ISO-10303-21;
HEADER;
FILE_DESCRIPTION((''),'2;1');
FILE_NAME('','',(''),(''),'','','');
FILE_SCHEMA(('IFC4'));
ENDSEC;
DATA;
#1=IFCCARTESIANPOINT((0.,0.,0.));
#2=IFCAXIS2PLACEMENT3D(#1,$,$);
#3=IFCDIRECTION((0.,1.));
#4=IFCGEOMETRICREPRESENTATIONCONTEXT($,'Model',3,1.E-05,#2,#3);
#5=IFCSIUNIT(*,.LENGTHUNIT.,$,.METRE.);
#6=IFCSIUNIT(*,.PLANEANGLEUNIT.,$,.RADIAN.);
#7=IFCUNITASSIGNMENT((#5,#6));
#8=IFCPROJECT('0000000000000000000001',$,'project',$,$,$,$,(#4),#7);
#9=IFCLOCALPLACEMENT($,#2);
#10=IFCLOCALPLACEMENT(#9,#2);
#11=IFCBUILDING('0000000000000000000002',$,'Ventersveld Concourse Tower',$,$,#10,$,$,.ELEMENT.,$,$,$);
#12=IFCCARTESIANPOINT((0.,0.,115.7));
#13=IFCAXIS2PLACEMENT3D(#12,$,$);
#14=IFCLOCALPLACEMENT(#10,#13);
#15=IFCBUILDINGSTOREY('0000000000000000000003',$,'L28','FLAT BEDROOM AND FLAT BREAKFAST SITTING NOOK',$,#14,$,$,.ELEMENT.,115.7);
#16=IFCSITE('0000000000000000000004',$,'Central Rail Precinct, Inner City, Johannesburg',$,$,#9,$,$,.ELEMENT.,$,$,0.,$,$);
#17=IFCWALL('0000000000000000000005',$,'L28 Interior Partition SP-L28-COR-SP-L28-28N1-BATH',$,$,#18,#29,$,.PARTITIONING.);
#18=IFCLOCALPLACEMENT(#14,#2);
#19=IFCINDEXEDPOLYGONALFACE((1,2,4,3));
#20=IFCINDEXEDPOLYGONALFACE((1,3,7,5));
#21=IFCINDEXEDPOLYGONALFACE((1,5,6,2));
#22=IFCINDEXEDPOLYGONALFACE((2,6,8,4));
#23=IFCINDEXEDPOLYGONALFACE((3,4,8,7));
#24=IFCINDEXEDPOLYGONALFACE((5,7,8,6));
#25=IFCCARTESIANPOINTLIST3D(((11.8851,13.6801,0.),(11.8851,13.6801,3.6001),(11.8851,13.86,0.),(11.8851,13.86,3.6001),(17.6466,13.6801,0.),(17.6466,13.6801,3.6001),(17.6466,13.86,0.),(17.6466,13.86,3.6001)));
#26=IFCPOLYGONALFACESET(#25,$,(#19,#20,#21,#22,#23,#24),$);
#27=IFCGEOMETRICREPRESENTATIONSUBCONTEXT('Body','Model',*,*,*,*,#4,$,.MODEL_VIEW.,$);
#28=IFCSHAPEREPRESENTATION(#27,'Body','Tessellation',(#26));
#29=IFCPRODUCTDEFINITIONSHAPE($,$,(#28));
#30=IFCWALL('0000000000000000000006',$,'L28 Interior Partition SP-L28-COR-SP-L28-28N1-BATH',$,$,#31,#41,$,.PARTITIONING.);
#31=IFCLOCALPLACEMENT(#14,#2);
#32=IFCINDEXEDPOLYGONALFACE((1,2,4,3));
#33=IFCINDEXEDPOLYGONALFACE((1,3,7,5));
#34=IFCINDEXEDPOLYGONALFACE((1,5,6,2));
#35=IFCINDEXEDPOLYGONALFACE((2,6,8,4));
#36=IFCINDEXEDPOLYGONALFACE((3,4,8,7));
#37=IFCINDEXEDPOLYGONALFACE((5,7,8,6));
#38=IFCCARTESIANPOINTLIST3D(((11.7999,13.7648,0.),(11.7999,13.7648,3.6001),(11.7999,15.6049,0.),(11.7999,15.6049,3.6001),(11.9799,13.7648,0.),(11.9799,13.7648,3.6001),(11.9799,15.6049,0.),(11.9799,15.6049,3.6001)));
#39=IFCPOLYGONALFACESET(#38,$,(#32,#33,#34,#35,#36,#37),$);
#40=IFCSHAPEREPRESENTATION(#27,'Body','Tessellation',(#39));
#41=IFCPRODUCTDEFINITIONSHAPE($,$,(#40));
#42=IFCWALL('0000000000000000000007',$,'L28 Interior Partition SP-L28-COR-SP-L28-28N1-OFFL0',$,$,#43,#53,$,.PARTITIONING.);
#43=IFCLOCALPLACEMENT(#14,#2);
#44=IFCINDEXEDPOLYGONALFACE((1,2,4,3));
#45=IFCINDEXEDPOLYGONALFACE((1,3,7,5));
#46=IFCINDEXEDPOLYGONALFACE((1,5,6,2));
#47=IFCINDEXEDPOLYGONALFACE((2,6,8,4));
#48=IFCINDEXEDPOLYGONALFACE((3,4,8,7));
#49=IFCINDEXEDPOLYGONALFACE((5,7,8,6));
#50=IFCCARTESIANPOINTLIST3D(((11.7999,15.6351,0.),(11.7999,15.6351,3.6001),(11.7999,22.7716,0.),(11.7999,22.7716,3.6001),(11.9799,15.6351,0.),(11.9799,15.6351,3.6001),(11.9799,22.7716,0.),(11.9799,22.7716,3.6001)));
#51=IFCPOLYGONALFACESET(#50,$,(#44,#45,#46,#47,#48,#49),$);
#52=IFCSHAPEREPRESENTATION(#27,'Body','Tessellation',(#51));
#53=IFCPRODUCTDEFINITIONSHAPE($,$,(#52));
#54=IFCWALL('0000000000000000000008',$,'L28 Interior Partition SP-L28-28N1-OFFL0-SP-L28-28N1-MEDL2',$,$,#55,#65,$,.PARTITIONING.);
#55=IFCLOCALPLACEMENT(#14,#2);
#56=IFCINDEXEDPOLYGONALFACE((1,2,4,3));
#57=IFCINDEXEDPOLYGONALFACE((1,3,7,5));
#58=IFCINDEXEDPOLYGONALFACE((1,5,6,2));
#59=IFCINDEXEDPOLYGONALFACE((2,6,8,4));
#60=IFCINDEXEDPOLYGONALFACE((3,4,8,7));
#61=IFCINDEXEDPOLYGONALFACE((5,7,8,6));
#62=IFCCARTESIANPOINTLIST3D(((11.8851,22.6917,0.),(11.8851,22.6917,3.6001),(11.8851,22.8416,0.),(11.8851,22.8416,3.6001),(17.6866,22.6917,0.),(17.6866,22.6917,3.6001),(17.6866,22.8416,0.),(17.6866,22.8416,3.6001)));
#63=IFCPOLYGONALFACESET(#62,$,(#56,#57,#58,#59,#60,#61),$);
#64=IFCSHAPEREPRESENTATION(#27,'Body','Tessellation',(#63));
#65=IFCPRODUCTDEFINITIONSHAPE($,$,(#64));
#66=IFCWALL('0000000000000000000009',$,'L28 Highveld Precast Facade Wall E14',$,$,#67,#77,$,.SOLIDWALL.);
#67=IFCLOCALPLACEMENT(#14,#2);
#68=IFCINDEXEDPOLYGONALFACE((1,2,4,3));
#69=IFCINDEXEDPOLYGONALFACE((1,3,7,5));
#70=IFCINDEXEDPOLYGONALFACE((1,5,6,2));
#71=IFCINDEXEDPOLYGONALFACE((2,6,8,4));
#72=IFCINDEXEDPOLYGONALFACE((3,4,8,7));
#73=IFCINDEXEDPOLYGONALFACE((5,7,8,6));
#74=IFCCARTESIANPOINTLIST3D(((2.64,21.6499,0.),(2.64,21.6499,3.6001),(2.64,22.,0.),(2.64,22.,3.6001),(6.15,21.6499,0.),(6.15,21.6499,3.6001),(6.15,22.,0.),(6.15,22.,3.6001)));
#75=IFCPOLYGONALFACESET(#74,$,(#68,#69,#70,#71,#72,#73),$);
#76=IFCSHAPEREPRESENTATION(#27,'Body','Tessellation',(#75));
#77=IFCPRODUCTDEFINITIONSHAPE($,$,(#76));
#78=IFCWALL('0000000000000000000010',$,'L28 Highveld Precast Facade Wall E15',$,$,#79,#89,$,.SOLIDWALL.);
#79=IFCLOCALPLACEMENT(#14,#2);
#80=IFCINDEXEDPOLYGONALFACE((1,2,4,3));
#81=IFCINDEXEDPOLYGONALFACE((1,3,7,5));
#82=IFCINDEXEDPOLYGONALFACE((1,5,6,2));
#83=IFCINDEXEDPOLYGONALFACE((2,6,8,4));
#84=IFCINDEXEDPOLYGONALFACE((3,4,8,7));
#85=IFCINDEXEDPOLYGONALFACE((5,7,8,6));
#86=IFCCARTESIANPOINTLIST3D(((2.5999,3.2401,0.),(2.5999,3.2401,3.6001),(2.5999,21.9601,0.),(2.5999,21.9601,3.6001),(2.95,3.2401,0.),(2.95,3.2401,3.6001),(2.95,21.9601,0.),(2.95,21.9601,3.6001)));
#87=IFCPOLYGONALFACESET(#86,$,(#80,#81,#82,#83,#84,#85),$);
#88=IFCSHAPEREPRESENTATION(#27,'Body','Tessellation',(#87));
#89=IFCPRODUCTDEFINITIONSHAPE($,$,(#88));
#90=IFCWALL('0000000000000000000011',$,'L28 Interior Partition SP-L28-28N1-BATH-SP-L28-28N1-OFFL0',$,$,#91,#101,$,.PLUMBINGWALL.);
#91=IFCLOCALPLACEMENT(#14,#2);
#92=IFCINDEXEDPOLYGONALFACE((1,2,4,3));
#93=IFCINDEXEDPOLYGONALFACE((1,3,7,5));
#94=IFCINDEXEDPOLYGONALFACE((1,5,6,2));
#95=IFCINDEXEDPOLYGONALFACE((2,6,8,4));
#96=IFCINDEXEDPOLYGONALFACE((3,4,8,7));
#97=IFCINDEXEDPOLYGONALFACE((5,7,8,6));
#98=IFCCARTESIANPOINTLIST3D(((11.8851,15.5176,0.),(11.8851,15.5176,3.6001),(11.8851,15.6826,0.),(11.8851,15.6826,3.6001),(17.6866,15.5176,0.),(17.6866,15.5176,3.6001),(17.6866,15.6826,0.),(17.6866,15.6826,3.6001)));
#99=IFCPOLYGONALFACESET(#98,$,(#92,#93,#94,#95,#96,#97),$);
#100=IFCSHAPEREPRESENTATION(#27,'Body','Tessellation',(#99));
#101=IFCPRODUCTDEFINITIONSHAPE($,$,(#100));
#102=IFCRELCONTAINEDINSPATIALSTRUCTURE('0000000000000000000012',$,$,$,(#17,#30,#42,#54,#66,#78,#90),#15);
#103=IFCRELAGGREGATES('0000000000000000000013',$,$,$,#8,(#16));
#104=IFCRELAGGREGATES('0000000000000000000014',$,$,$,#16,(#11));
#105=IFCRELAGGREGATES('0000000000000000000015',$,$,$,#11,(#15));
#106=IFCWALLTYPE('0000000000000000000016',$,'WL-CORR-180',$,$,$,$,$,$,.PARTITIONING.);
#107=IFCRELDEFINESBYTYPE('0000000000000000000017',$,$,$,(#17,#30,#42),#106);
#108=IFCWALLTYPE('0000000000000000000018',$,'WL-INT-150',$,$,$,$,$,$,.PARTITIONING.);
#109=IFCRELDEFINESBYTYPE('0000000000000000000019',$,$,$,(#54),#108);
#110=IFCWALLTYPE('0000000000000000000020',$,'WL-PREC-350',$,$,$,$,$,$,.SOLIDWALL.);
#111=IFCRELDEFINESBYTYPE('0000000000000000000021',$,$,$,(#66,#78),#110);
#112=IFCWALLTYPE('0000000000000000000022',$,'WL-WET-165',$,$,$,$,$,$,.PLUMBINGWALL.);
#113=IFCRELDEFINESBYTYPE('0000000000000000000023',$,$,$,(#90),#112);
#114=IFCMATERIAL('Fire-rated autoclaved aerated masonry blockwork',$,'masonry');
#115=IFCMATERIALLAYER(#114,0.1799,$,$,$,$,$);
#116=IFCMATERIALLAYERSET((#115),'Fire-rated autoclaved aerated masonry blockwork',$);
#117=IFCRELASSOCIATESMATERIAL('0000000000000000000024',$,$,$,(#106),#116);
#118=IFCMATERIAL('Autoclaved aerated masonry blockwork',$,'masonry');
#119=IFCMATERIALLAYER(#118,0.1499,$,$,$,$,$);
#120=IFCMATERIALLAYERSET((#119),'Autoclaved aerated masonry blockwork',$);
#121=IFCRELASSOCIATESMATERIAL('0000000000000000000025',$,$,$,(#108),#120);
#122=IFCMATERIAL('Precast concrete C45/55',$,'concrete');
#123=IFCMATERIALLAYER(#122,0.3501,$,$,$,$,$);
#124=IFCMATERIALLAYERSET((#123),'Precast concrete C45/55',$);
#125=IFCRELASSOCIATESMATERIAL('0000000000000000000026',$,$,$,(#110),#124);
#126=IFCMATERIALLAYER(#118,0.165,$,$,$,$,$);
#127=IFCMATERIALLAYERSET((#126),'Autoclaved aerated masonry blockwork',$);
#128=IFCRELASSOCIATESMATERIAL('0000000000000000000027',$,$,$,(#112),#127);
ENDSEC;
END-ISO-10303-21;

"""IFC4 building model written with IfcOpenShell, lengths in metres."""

from ifc_helpers import new_model, si_unit, direction, frame, frame_2d, origin, place, context, subcontext, project, spatial, rectangle, extrude, material, layer, layer_set, type_object, element, save


model = new_model("IFC4")

# Units and contexts
model_context = context("Model", 3, precision=1e-05, world=origin(), true_north=direction((0.0, 1.0)))
body_context = subcontext(model_context, "Body", "Model", "MODEL_VIEW")
ifc_project = project(units=[si_unit("LENGTHUNIT", "METRE"), si_unit("PLANEANGLEUNIT", "RADIAN")], contexts=[model_context])

# Site, building, storey
site_placement = place(None, origin())
site = spatial("IfcSite", under=ifc_project, at=site_placement, Name="Central Rail Precinct, Inner City, Johannesburg", CompositionType="ELEMENT", RefElevation=0.0)
building_placement = place(site_placement, origin())
building = spatial("IfcBuilding", under=site, at=building_placement, Name="Ventersveld Concourse Tower", CompositionType="ELEMENT")
storey_placement = place(building_placement, frame((0.0, 0.0, 115.7)))
storey = spatial("IfcBuildingStorey", under=building, at=storey_placement, Name="L28", Description="FLAT BEDROOM AND FLAT BREAKFAST SITTING NOOK", CompositionType="ELEMENT", Elevation=115.7)

# Shared definitions
ifc_material_1 = material(Name="Fire-rated autoclaved aerated masonry blockwork", Category="masonry")
ifc_layer_1 = layer(ifc_material_1, 0.1799)
ifc_layer_set_1 = layer_set([ifc_layer_1], Name="Fire-rated autoclaved aerated masonry blockwork")
wall_type_1 = type_object("IfcWallType", Name="WL-CORR-180", PredefinedType="PARTITIONING", material=ifc_layer_set_1)

# Walls
wall_1_placement = place(storey_placement, frame((11.885, 13.77, 0.0), z_axis=(0.0, 0.0, 1.0), x_axis=(1.0, 0.0, 0.0)))
element("IfcWall", 1, at=wall_1_placement, inside=storey, type_object=wall_type_1, Name="L28 Interior Partition SP-L28-COR-SP-L28-28N1-BATH", PredefinedType="PARTITIONING", context=body_context, shape_type="SweptSolid", body=[
    extrude(rectangle(XDim=5.7615, YDim=0.1799, at=frame_2d((2.8809, 0.0))), origin(), (0.0, 0.0, 1.0), 3.6001),
])
wall_2_placement = place(storey_placement, frame((11.8899, 13.7649, 0.0), z_axis=(0.0, 0.0, 1.0), x_axis=(0.0, 1.0, 0.0)))
element("IfcWall", 2, at=wall_2_placement, inside=storey, type_object=wall_type_1, Name="L28 Interior Partition SP-L28-COR-SP-L28-28N1-BATH", PredefinedType="PARTITIONING", context=body_context, shape_type="SweptSolid", body=[
    extrude(rectangle(XDim=1.8401, YDim=0.1799, at=frame_2d((0.9199, 0.0))), origin(), (0.0, 0.0, 1.0), 3.6001),
])
wall_3_placement = place(storey_placement, frame((11.8899, 15.635, 0.0), z_axis=(0.0, 0.0, 1.0), x_axis=(0.0, 1.0, 0.0)))
element("IfcWall", 3, at=wall_3_placement, inside=storey, type_object=wall_type_1, Name="L28 Interior Partition SP-L28-COR-SP-L28-28N1-OFFL0", PredefinedType="PARTITIONING", context=body_context, shape_type="SweptSolid", body=[
    extrude(rectangle(XDim=7.1365, YDim=0.1799, at=frame_2d((3.5684, 0.0))), origin(), (0.0, 0.0, 1.0), 3.6001),
])
ifc_material_2 = material(Name="Autoclaved aerated masonry blockwork", Category="masonry")
ifc_layer_2 = layer(ifc_material_2, 0.1499)
ifc_layer_set_2 = layer_set([ifc_layer_2], Name="Autoclaved aerated masonry blockwork")
wall_type_2 = type_object("IfcWallType", Name="WL-INT-150", PredefinedType="PARTITIONING", material=ifc_layer_set_2)
wall_4_placement = place(storey_placement, frame((11.885, 22.7666, 0.0), z_axis=(0.0, 0.0, 1.0), x_axis=(1.0, 0.0, 0.0)))
element("IfcWall", 4, at=wall_4_placement, inside=storey, type_object=wall_type_2, Name="L28 Interior Partition SP-L28-28N1-OFFL0-SP-L28-28N1-MEDL2", PredefinedType="PARTITIONING", context=body_context, shape_type="SweptSolid", body=[
    extrude(rectangle(XDim=5.8015, YDim=0.1499, at=frame_2d((2.9009, 0.0))), origin(), (0.0, 0.0, 1.0), 3.6001),
])
ifc_material_3 = material(Name="Precast concrete C45/55", Category="concrete")
ifc_layer_3 = layer(ifc_material_3, 0.3501)
ifc_layer_set_3 = layer_set([ifc_layer_3], Name="Precast concrete C45/55")
wall_type_3 = type_object("IfcWallType", Name="WL-PREC-350", PredefinedType="SOLIDWALL", material=ifc_layer_set_3)
wall_5_placement = place(storey_placement, frame((6.1499, 21.825, 0.0), z_axis=(0.0, 0.0, 1.0), x_axis=(-1.0, 0.0, 0.0)))
element("IfcWall", 5, at=wall_5_placement, inside=storey, type_object=wall_type_3, Name="L28 Highveld Precast Facade Wall E14", PredefinedType="SOLIDWALL", context=body_context, shape_type="SweptSolid", body=[
    extrude(rectangle(XDim=3.51, YDim=0.3501, at=frame_2d((1.7549, 0.0))), origin(), (0.0, 0.0, 1.0), 3.6001),
])
wall_6_placement = place(storey_placement, frame((2.7749, 21.96, 0.0), z_axis=(0.0, 0.0, 1.0), x_axis=(0.0, -1.0, 0.0)))
element("IfcWall", 6, at=wall_6_placement, inside=storey, type_object=wall_type_3, Name="L28 Highveld Precast Facade Wall E15", PredefinedType="SOLIDWALL", context=body_context, shape_type="SweptSolid", body=[
    extrude(rectangle(XDim=18.72, YDim=0.3501, at=frame_2d((9.3599, 0.0))), origin(), (0.0, 0.0, 1.0), 3.6001),
])
ifc_layer_4 = layer(ifc_material_2, 0.165)
ifc_layer_set_4 = layer_set([ifc_layer_4], Name="Autoclaved aerated masonry blockwork")
wall_type_4 = type_object("IfcWallType", Name="WL-WET-165", PredefinedType="PLUMBINGWALL", material=ifc_layer_set_4)
wall_7_placement = place(storey_placement, frame((11.885, 15.6001, 0.0), z_axis=(0.0, 0.0, 1.0), x_axis=(1.0, 0.0, 0.0)))
element("IfcWall", 7, at=wall_7_placement, inside=storey, type_object=wall_type_4, Name="L28 Interior Partition SP-L28-28N1-BATH-SP-L28-28N1-OFFL0", PredefinedType="PLUMBINGWALL", context=body_context, shape_type="SweptSolid", body=[
    extrude(rectangle(XDim=5.8015, YDim=0.165, at=frame_2d((2.9009, 0.0))), origin(), (0.0, 0.0, 1.0), 3.6001),
])

save(model, "model.ifc")
